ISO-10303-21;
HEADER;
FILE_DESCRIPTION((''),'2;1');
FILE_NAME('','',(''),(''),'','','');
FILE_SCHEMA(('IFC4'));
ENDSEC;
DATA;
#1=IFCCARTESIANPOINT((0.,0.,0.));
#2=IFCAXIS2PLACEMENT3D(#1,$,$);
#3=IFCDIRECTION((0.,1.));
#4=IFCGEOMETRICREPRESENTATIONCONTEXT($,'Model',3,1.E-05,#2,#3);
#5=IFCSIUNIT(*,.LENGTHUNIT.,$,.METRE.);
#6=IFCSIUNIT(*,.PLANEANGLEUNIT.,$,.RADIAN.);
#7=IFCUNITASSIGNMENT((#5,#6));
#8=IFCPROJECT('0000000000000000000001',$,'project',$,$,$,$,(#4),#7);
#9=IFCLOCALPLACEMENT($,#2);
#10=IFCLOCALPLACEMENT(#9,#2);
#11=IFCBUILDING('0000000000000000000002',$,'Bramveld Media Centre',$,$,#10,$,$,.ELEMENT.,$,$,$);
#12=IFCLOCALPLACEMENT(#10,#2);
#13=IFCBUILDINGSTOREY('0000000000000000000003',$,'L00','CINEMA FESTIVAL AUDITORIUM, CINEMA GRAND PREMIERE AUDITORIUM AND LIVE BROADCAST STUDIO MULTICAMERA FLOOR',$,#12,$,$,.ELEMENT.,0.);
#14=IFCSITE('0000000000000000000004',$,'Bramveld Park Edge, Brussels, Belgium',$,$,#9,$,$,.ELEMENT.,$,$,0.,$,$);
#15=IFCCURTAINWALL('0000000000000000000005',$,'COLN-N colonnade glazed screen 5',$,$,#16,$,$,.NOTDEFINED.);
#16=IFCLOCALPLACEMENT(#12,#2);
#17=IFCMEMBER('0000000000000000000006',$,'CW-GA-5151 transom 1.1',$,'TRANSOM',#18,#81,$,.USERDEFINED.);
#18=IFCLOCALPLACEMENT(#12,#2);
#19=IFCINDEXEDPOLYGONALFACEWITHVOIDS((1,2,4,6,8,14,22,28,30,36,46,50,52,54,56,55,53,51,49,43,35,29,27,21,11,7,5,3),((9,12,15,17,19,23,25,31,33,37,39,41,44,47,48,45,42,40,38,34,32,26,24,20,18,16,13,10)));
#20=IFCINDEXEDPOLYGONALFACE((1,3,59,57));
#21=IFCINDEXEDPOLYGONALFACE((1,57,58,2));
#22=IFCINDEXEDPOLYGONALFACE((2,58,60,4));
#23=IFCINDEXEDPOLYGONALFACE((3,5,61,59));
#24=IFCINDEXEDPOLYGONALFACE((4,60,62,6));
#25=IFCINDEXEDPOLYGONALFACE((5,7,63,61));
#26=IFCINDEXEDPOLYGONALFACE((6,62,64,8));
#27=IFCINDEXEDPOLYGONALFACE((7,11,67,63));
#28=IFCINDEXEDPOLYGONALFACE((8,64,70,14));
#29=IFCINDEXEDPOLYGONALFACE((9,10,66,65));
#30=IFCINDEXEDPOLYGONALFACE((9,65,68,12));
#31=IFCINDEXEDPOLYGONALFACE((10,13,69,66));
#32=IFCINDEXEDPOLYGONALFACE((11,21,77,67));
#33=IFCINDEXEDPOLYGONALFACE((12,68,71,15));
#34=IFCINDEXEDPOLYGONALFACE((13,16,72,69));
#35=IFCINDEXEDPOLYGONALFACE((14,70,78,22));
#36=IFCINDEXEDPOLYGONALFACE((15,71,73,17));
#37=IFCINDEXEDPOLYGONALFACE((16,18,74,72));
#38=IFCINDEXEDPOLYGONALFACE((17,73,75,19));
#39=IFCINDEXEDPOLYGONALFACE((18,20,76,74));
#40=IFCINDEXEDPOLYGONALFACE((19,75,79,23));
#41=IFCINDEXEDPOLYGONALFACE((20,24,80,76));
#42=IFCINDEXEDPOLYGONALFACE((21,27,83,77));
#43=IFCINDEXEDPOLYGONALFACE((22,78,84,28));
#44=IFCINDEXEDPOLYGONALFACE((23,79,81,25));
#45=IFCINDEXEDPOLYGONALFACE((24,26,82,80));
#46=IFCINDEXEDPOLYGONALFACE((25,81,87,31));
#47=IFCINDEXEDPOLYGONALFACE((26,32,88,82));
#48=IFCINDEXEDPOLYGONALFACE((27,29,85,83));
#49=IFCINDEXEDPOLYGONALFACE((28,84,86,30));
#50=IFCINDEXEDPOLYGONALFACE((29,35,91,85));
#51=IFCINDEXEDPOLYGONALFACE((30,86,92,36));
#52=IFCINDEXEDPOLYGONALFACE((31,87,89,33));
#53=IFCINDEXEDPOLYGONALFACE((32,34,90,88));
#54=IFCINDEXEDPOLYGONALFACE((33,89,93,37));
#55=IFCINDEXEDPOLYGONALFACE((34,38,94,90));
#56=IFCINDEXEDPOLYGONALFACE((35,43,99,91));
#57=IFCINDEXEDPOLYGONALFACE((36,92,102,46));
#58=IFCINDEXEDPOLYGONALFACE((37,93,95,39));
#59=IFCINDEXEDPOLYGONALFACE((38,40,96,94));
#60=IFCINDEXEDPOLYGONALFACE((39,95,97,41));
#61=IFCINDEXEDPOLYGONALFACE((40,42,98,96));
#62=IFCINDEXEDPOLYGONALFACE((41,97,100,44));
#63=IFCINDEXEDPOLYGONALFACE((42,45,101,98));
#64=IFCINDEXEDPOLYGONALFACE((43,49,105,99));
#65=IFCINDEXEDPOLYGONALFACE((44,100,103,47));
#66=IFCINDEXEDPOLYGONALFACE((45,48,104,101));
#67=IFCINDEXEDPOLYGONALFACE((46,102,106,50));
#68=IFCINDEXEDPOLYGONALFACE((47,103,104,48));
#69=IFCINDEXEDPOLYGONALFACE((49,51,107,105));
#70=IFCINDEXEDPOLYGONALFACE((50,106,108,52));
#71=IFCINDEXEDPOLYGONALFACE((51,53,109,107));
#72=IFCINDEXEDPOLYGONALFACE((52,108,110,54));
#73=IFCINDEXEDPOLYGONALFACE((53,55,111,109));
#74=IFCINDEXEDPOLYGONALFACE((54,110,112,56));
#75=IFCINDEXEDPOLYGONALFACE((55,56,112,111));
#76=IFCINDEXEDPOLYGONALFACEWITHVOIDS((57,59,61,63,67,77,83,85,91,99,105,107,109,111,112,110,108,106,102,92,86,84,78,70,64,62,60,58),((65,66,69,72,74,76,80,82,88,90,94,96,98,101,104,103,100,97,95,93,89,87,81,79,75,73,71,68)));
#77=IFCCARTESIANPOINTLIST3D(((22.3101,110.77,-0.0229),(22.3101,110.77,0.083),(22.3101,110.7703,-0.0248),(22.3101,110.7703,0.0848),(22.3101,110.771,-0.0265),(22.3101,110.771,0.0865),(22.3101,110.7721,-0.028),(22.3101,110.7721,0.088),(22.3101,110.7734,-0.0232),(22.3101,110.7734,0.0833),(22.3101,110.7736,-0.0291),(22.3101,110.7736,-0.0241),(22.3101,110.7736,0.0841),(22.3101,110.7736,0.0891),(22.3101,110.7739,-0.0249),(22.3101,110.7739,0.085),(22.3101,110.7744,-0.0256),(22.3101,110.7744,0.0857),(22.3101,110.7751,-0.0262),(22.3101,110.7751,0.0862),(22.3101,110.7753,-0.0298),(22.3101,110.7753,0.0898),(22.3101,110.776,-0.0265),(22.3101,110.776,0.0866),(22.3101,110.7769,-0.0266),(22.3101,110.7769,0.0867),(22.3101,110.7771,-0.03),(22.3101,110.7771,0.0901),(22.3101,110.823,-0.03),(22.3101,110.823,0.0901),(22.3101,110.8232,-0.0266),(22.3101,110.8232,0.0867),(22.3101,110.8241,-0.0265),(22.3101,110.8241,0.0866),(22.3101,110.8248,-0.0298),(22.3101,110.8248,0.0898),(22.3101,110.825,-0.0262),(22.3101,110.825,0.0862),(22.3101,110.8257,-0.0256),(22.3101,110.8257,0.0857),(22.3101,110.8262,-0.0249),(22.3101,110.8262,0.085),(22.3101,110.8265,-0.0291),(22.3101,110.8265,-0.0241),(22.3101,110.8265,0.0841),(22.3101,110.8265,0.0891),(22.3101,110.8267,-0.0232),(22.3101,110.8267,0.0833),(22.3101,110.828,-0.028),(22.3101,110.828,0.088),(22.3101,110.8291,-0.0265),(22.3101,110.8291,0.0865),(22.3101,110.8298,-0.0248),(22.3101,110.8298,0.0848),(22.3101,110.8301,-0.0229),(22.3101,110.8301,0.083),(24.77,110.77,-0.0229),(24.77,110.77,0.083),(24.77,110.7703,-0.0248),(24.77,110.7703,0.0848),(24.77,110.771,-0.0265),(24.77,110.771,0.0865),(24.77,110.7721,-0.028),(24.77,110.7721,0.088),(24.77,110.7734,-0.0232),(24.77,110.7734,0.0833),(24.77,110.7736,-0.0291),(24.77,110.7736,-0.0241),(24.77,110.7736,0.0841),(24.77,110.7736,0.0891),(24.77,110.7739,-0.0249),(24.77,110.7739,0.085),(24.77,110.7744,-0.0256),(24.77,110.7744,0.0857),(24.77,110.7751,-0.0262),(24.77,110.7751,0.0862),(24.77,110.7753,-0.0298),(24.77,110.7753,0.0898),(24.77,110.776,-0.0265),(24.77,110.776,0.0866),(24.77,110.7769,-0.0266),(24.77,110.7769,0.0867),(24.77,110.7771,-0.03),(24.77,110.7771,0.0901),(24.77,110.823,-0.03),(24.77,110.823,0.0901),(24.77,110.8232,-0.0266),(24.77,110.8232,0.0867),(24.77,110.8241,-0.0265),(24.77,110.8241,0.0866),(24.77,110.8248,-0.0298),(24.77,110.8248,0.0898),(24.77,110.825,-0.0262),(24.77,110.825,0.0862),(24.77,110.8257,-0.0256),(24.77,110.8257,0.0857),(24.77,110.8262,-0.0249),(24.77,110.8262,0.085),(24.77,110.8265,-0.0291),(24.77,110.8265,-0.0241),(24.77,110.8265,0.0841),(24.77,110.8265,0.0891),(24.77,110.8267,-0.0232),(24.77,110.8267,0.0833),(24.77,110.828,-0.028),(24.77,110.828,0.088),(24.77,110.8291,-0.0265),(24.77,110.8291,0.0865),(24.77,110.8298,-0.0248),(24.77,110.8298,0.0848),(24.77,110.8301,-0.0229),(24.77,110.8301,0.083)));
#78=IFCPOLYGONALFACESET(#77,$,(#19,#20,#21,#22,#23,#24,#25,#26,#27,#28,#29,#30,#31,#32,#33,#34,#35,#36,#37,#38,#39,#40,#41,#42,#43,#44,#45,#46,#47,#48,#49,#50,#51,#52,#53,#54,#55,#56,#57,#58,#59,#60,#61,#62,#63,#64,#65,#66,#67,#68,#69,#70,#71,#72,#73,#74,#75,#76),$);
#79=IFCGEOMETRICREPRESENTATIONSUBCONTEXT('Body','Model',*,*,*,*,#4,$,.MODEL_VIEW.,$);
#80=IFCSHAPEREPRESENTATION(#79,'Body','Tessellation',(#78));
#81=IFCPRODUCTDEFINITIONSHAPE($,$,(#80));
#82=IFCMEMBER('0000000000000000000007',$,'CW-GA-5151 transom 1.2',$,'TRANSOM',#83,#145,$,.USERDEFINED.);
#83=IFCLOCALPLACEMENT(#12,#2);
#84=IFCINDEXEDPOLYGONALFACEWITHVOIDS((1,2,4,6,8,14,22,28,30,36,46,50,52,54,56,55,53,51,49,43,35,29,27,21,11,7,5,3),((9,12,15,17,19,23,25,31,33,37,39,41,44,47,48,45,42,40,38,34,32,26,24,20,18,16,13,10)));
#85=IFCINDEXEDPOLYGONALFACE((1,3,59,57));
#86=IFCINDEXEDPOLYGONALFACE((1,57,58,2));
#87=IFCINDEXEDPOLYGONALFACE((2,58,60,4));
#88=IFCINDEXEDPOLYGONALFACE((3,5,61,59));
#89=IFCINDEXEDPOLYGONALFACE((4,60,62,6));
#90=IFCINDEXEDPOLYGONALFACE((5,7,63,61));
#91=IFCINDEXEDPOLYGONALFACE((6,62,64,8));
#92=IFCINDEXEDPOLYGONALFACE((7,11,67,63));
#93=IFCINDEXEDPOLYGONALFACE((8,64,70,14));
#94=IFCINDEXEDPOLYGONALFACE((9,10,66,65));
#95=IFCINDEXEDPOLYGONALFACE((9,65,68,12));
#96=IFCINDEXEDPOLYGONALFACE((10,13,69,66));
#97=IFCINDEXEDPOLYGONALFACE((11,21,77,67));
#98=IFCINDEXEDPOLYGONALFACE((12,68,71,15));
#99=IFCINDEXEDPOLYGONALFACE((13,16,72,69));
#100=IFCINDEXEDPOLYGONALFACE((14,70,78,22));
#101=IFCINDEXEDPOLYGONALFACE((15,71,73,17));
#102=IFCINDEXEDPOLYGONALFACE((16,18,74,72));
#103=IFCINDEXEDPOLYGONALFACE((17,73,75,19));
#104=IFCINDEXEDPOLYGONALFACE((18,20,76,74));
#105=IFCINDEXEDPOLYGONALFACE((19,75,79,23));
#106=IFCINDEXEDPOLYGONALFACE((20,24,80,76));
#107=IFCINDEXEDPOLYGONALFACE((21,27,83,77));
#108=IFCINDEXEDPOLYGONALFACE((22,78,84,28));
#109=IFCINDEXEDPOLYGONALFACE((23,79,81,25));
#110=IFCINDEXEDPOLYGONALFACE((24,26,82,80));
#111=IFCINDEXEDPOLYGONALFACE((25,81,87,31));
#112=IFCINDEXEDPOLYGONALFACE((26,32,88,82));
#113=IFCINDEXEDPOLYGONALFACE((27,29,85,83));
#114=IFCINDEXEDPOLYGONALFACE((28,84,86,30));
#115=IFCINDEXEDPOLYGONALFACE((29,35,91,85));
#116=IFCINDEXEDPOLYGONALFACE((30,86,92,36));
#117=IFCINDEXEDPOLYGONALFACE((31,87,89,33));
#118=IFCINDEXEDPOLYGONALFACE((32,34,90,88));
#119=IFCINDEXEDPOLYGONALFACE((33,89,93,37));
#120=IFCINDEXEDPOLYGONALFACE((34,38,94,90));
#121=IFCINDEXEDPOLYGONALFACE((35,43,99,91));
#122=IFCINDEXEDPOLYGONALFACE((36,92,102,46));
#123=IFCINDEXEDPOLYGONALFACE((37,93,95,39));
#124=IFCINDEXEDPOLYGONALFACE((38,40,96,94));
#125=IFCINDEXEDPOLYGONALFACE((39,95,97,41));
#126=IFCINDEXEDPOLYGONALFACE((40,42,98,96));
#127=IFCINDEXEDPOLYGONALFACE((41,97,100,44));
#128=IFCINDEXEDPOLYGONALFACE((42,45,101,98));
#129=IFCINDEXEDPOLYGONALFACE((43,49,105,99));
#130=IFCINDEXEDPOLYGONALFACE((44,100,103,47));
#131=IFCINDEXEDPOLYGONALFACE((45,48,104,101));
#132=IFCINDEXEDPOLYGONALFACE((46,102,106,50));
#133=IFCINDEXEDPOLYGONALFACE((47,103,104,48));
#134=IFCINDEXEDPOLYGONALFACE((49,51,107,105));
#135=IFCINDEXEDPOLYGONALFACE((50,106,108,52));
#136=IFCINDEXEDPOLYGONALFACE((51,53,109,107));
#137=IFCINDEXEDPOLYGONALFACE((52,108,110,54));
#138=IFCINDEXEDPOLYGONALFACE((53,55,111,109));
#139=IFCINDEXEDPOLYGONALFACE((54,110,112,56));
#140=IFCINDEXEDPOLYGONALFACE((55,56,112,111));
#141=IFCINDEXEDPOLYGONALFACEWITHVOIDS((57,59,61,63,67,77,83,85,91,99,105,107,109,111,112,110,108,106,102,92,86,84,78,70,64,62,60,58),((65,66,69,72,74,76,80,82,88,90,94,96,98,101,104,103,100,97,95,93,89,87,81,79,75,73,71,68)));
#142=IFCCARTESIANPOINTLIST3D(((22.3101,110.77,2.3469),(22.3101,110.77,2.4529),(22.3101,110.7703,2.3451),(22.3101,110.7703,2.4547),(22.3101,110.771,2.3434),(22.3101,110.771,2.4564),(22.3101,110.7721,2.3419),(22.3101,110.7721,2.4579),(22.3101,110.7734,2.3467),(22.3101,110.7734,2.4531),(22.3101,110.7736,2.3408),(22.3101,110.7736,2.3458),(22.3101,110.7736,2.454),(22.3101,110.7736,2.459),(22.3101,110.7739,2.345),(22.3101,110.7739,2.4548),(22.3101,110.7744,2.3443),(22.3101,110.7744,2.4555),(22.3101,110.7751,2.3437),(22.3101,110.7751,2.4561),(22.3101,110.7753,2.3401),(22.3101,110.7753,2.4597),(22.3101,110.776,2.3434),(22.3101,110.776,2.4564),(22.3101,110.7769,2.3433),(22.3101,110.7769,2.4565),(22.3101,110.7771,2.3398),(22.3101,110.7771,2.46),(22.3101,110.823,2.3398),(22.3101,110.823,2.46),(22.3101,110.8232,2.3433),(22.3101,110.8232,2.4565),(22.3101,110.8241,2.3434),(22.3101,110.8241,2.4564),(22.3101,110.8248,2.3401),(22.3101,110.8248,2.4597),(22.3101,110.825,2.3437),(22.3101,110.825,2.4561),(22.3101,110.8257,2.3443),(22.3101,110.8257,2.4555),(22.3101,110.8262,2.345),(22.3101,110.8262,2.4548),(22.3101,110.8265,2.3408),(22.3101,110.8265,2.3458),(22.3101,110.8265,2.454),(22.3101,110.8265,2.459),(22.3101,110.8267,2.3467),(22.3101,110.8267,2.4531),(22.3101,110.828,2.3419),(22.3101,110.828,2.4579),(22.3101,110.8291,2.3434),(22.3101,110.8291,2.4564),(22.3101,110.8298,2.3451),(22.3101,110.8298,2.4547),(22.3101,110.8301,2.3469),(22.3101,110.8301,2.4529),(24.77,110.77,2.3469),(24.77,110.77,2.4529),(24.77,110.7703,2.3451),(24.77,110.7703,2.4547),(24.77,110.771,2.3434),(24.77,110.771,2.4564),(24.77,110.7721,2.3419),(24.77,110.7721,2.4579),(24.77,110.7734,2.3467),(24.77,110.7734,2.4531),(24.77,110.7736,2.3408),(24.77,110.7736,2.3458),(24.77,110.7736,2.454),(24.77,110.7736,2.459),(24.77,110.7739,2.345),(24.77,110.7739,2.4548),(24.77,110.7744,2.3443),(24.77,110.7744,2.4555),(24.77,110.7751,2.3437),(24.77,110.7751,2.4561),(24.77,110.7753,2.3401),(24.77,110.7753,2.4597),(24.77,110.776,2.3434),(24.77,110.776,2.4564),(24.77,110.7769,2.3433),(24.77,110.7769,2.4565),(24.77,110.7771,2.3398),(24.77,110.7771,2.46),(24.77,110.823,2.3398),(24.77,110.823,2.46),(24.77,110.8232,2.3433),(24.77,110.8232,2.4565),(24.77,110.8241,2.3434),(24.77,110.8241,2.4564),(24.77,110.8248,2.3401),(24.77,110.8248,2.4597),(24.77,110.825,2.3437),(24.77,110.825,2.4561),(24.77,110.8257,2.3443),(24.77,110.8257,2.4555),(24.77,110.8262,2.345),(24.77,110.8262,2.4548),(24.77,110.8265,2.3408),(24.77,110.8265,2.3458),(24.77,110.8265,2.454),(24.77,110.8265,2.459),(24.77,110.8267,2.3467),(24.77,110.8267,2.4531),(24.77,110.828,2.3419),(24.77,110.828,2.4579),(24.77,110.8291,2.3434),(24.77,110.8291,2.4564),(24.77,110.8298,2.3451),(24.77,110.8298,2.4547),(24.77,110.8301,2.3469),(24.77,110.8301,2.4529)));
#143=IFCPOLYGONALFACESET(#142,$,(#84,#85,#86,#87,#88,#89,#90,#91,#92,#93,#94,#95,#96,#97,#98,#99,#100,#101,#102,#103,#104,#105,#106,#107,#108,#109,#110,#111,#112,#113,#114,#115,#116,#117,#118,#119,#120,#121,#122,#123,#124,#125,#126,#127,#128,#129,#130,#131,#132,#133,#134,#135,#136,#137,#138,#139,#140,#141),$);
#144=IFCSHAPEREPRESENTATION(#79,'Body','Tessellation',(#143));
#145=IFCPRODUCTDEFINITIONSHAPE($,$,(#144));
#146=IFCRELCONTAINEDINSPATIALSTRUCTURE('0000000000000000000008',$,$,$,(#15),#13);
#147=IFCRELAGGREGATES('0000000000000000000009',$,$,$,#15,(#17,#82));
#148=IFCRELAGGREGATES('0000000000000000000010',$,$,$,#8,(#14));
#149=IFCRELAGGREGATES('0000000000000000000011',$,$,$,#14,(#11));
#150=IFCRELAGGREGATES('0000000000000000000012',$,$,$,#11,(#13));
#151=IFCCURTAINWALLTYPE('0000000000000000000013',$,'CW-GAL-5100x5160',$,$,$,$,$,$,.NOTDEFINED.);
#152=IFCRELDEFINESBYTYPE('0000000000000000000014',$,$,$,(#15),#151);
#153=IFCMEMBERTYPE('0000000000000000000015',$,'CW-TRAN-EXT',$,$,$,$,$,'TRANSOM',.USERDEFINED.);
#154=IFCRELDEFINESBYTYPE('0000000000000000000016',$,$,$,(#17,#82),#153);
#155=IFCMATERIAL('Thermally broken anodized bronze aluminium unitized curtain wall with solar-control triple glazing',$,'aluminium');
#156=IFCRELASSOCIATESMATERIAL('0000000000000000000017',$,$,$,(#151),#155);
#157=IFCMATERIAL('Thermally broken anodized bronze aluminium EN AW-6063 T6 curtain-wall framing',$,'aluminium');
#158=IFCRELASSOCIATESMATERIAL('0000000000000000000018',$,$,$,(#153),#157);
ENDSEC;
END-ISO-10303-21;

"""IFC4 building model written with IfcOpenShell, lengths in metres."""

from ifc_helpers import new_model, si_unit, direction, frame, origin, origin_2d, place, context, subcontext, project, spatial, hollow_rectangle, extrude, material, material_profile, profile_set, type_object, element, aggregate, save


model = new_model("IFC4")

# Units and contexts
model_context = context("Model", 3, precision=1e-05, world=origin(), true_north=direction((0.0, 1.0)))
body_context = subcontext(model_context, "Body", "Model", "MODEL_VIEW")
ifc_project = project(units=[si_unit("LENGTHUNIT", "METRE"), si_unit("PLANEANGLEUNIT", "RADIAN")], contexts=[model_context])

# Site, building, storey
site_placement = place(None, origin())
site = spatial("IfcSite", under=ifc_project, at=site_placement, Name="Bramveld Park Edge, Brussels, Belgium", CompositionType="ELEMENT", RefElevation=0.0)
building_placement = place(site_placement, origin())
building = spatial("IfcBuilding", under=site, at=building_placement, Name="Bramveld Media Centre", CompositionType="ELEMENT")
storey_placement = place(building_placement, origin())
storey = spatial("IfcBuildingStorey", under=building, at=storey_placement, Name="L00", Description="CINEMA FESTIVAL AUDITORIUM, CINEMA GRAND PREMIERE AUDITORIUM AND LIVE BROADCAST STUDIO MULTICAMERA FLOOR", CompositionType="ELEMENT", Elevation=0.0)

# Shared definitions
ifc_material_1 = material(Name="Thermally broken anodized bronze aluminium unitized curtain wall with solar-control triple glazing", Category="aluminium")
curtain_wall_type = type_object("IfcCurtainWallType", Name="CW-GAL-5100x5160", PredefinedType="NOTDEFINED", material=ifc_material_1)

# Curtain wall
curtain_wall_1_placement = place(storey_placement, origin())
curtain_wall_1 = element("IfcCurtainWall", 1, at=curtain_wall_1_placement, inside=storey, type_object=curtain_wall_type, Name="COLN-N colonnade glazed screen 5", PredefinedType="NOTDEFINED")

# Members
ifc_material_2 = material(Name="Thermally broken anodized bronze aluminium EN AW-6063 T6 curtain-wall framing", Category="aluminium")
ifc_material_profile_1 = material_profile(ifc_material_2, hollow_rectangle(XDim=0.0601, YDim=0.1201, WallThickness=0.0034, InnerFilletRadius=0.0034, OuterFilletRadius=0.0071, at=origin_2d()), Name="AL-TRAN 60x120")
ifc_profile_set_1 = profile_set([ifc_material_profile_1], Name="Thermally broken anodized bronze aluminium EN AW-6063 T6 curtain-wall framing")
member_type_1 = type_object("IfcMemberType", Name="CW-TRAN-EXT", ElementType="TRANSOM", PredefinedType="USERDEFINED", material=ifc_profile_set_1)
member_1_placement = place(storey_placement, frame((22.3101, 110.8, 0.03), z_axis=(1.0, 0.0, 0.0), x_axis=(0.0, 1.0, 0.0)))
member_1 = element("IfcMember", 2, at=member_1_placement, type_object=member_type_1, Name="CW-GA-5151 transom 1.1", ObjectType="TRANSOM", PredefinedType="USERDEFINED", context=body_context, shape_type="SweptSolid", body=[
    extrude(hollow_rectangle(XDim=0.0601, YDim=0.1201, WallThickness=0.0034, InnerFilletRadius=0.0034, OuterFilletRadius=0.0071, at=origin_2d()), origin(), (0.0, 0.0, 1.0), 2.46),
])
member_2_placement = place(storey_placement, frame((22.3101, 110.8, 2.3999), z_axis=(1.0, 0.0, 0.0), x_axis=(0.0, 1.0, 0.0)))
member_2 = element("IfcMember", 3, at=member_2_placement, type_object=member_type_1, Name="CW-GA-5151 transom 1.2", ObjectType="TRANSOM", PredefinedType="USERDEFINED", context=body_context, shape_type="SweptSolid", body=[
    extrude(hollow_rectangle(XDim=0.0601, YDim=0.1201, WallThickness=0.0034, InnerFilletRadius=0.0034, OuterFilletRadius=0.0071, at=origin_2d()), origin(), (0.0, 0.0, 1.0), 2.46),
])

aggregate(curtain_wall_1, [member_1, member_2])

save(model, "model.ifc")
